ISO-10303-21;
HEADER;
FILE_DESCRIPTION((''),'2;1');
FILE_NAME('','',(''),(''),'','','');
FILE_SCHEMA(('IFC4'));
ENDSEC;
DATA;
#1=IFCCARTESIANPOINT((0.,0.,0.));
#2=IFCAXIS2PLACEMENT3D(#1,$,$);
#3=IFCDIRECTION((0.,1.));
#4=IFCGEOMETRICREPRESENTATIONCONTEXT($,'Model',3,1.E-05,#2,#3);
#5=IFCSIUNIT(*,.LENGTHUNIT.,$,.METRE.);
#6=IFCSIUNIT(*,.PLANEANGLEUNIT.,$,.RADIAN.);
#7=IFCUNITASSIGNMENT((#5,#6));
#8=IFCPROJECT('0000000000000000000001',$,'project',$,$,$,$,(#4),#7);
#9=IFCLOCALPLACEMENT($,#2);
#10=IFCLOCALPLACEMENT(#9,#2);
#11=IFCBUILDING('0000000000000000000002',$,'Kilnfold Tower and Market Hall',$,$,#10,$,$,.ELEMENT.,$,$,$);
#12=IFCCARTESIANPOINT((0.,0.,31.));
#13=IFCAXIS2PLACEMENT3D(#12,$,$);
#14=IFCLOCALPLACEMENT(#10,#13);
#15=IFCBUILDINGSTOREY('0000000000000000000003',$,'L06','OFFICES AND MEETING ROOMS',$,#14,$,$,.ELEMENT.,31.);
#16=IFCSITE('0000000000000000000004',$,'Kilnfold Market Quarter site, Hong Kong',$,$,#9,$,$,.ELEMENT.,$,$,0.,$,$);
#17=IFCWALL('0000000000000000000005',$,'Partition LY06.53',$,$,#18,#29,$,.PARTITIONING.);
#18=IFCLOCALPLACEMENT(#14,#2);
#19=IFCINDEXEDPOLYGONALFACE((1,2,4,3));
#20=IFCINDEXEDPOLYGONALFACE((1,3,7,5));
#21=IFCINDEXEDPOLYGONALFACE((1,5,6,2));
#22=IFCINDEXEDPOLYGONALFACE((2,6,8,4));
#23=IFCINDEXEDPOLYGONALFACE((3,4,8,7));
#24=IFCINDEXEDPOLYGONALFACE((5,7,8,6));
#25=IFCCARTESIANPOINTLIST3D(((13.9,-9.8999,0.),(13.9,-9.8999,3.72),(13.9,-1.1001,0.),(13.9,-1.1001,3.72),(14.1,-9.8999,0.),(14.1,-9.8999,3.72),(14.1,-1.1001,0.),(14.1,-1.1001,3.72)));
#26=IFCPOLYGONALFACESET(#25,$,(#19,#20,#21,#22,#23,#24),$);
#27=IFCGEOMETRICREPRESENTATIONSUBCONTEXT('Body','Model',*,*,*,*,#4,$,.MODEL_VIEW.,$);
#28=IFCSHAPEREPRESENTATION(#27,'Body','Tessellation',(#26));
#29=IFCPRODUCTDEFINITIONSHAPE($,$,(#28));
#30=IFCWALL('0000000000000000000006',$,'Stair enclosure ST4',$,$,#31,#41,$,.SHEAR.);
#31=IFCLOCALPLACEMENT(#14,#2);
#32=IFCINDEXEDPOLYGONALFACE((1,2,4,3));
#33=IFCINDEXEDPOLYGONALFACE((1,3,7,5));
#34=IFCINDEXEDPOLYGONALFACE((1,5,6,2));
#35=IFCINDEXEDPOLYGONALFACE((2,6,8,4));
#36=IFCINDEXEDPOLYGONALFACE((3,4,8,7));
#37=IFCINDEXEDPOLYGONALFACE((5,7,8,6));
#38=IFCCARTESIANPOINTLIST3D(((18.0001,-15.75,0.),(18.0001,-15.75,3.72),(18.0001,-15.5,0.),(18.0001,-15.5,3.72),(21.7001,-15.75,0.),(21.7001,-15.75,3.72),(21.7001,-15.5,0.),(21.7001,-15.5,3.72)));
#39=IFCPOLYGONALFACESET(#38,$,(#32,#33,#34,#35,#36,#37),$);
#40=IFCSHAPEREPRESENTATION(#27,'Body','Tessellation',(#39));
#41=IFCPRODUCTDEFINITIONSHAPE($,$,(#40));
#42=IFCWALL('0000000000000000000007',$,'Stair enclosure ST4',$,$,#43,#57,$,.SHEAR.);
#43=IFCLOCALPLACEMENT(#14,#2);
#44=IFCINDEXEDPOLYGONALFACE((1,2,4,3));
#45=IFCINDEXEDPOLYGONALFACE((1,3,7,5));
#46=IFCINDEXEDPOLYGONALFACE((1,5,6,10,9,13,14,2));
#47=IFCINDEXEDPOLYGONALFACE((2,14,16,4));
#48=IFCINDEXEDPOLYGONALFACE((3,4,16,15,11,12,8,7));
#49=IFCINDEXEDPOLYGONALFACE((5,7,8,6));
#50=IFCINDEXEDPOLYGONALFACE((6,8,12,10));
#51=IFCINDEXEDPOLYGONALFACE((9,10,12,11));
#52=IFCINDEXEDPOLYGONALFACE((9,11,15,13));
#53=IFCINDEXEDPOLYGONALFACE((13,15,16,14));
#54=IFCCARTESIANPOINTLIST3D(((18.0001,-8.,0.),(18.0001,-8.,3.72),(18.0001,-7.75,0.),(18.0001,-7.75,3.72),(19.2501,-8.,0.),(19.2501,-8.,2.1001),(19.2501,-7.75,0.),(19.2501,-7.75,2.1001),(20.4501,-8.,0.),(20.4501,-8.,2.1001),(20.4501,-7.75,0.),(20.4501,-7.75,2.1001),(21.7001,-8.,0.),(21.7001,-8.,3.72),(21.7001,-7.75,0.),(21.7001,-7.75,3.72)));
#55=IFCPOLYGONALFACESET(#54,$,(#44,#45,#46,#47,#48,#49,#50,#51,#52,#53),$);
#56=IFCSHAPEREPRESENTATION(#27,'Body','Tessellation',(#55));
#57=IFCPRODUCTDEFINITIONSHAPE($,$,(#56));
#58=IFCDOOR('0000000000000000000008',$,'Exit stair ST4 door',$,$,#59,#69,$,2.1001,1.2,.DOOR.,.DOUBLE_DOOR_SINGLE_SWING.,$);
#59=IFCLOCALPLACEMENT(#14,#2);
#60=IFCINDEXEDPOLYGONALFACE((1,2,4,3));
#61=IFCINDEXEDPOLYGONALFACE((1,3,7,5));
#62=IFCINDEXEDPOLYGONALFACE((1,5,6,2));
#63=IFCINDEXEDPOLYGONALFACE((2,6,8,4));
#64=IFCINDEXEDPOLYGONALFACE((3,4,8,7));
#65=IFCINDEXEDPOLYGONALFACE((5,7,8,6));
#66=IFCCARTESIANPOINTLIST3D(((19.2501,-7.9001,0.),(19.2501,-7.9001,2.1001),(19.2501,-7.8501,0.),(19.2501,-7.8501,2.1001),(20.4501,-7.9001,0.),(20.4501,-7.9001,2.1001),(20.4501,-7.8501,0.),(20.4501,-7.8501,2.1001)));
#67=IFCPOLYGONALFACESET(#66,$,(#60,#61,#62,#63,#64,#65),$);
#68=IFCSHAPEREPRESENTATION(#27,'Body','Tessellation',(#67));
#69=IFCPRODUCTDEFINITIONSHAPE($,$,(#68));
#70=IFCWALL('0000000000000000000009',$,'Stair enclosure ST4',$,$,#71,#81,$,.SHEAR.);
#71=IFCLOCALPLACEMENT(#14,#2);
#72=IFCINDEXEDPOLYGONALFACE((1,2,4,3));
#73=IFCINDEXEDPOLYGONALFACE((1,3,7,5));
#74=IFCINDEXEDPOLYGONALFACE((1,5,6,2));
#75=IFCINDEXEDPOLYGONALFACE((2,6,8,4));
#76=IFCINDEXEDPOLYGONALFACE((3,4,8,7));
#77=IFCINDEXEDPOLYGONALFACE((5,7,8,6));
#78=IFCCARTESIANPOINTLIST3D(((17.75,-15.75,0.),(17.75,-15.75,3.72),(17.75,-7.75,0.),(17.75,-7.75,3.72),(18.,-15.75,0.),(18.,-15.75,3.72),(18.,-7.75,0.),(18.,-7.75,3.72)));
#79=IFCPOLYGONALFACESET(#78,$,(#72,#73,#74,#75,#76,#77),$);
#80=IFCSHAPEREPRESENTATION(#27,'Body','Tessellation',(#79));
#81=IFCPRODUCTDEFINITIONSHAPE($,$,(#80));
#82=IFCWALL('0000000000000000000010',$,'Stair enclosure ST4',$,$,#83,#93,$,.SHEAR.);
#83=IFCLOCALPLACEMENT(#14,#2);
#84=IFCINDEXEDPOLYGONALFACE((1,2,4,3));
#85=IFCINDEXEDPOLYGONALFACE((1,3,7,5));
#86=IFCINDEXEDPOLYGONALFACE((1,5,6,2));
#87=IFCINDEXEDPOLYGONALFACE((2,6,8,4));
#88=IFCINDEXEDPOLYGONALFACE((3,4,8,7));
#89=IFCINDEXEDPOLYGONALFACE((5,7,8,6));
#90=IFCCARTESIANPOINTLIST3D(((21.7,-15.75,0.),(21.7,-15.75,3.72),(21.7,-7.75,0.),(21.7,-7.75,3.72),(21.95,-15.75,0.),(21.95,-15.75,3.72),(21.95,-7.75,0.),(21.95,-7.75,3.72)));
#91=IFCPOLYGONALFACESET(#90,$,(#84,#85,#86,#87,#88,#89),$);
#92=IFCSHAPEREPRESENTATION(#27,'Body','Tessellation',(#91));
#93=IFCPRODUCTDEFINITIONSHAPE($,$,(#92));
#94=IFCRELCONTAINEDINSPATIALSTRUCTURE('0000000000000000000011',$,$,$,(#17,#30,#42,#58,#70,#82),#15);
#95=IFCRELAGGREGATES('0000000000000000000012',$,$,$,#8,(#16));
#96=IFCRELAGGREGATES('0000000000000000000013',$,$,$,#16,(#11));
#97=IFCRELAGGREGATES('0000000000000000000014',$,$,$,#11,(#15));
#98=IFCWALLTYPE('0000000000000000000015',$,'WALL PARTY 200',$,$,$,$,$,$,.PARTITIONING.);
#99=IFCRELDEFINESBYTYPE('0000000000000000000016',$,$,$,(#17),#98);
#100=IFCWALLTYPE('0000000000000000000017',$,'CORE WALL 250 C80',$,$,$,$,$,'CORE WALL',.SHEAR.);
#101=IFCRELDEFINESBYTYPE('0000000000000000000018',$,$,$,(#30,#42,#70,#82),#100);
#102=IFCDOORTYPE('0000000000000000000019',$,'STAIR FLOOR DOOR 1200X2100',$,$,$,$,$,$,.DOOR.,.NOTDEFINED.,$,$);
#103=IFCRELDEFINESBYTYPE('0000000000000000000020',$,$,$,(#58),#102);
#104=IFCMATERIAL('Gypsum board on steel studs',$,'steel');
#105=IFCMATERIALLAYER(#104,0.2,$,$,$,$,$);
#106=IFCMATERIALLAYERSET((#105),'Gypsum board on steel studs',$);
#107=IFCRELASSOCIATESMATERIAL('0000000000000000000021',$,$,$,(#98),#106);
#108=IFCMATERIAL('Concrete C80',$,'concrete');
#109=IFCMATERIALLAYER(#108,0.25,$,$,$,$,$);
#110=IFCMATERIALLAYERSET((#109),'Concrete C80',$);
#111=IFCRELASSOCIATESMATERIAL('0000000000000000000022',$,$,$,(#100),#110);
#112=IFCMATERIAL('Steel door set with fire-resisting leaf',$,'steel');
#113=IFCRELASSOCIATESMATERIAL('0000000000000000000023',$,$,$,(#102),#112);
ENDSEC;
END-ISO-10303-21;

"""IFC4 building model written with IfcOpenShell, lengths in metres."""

from ifc_helpers import new_model, si_unit, direction, frame, frame_2d, origin, place, context, subcontext, project, spatial, rectangle, extrude, source, transform, mapped, material, layer, layer_set, type_object, element, fill, save


model = new_model("IFC4")

# Units and contexts
model_context = context("Model", 3, precision=1e-05, world=origin(), true_north=direction((0.0, 1.0)))
body_context = subcontext(model_context, "Body", "Model", "MODEL_VIEW")
ifc_project = project(units=[si_unit("LENGTHUNIT", "METRE"), si_unit("PLANEANGLEUNIT", "RADIAN")], contexts=[model_context])

# Site, building, storey
site_placement = place(None, origin())
site = spatial("IfcSite", under=ifc_project, at=site_placement, Name="Kilnfold Market Quarter site, Hong Kong", CompositionType="ELEMENT", RefElevation=0.0)
building_placement = place(site_placement, origin())
building = spatial("IfcBuilding", under=site, at=building_placement, Name="Kilnfold Tower and Market Hall", CompositionType="ELEMENT")
storey_placement = place(building_placement, frame((0.0, 0.0, 31.0)))
storey = spatial("IfcBuildingStorey", under=building, at=storey_placement, Name="L06", Description="OFFICES AND MEETING ROOMS", CompositionType="ELEMENT", Elevation=31.0)

# Shared definitions
ifc_material_1 = material(Name="Gypsum board on steel studs", Category="steel")
ifc_layer_1 = layer(ifc_material_1, 0.2)
ifc_layer_set_1 = layer_set([ifc_layer_1], Name="Gypsum board on steel studs")
wall_type_1 = type_object("IfcWallType", Name="WALL PARTY 200", PredefinedType="PARTITIONING", material=ifc_layer_set_1)

# Walls
wall_1_placement = place(storey_placement, frame((14.0, -9.8999, 0.0), z_axis=(0.0, 0.0, 1.0), x_axis=(0.0, 1.0, 0.0)))
element("IfcWall", 1, at=wall_1_placement, inside=storey, type_object=wall_type_1, Name="Partition LY06.53", PredefinedType="PARTITIONING", context=body_context, shape_type="SweptSolid", body=[
    extrude(rectangle(XDim=8.7998, YDim=0.2, at=frame_2d((4.3999, 0.0))), origin(), (0.0, 0.0, 1.0), 3.72),
])
ifc_material_2 = material(Name="Concrete C80", Category="concrete")
ifc_layer_2 = layer(ifc_material_2, 0.25)
ifc_layer_set_2 = layer_set([ifc_layer_2], Name="Concrete C80")
wall_type_2 = type_object("IfcWallType", Name="CORE WALL 250 C80", ElementType="CORE WALL", PredefinedType="SHEAR", material=ifc_layer_set_2)
shared_shape_1 = source(origin(), body_context, "Body", "SweptSolid", [
    extrude(rectangle(XDim=3.7, YDim=0.25, at=frame_2d((1.8501, 0.0))), origin(), (0.0, 0.0, 1.0), 3.72),
])
wall_2_placement = place(storey_placement, frame((18.0, -15.625, 0.0), z_axis=(0.0, 0.0, 1.0), x_axis=(1.0, 0.0, 0.0)))
element("IfcWall", 2, at=wall_2_placement, inside=storey, type_object=wall_type_2, Name="Stair enclosure ST4", PredefinedType="SHEAR", context=body_context, shape_type="MappedRepresentation", body=[
    mapped(shared_shape_1, transform((0.0, 0.0, 0.0))),
])

# Wall, opening, door
wall_3_placement = place(storey_placement, frame((18.0, -7.875, 0.0), z_axis=(0.0, 0.0, 1.0), x_axis=(1.0, 0.0, 0.0)))
wall_3 = element("IfcWall", 3, at=wall_3_placement, inside=storey, type_object=wall_type_2, Name="Stair enclosure ST4", PredefinedType="SHEAR", context=body_context, shape_type="MappedRepresentation", body=[
    mapped(shared_shape_1, transform((0.0, 0.0, 0.0))),
])
opening_1_placement = place(wall_3_placement, frame((1.25, 0.0, 0.0)))
opening_1 = element("IfcOpeningElement", 4, at=opening_1_placement, cuts=wall_3, PredefinedType="OPENING", context=body_context, shape_type="SweptSolid", body=[
    extrude(rectangle(XDim=1.2, YDim=2.1001, at=frame_2d((0.6001, 1.05))), frame((0.0, 0.135, 0.0), z_axis=(0.0, -1.0, 0.0), x_axis=(1.0, 0.0, 0.0)), (0.0, 0.0, 1.0), 0.27),
])
ifc_material_3 = material(Name="Steel door set with fire-resisting leaf", Category="steel")
door_type_1 = type_object("IfcDoorType", Name="STAIR FLOOR DOOR 1200X2100", OperationType="NOTDEFINED", PredefinedType="DOOR", material=ifc_material_3)
door_1_placement = place(opening_1_placement, origin())
door_1 = element("IfcDoor", 5, at=door_1_placement, inside=storey, type_object=door_type_1, Name="Exit stair ST4 door", OperationType="DOUBLE_DOOR_SINGLE_SWING", OverallHeight=2.1001, OverallWidth=1.2, PredefinedType="DOOR", context=body_context, shape_type="SweptSolid", body=[
    extrude(rectangle(XDim=1.2, YDim=2.1001, at=frame_2d((0.6001, 1.05))), frame((0.0, 0.0249, 0.0), z_axis=(0.0, -1.0, 0.0), x_axis=(1.0, 0.0, 0.0)), (0.0, 0.0, 1.0), 0.05),
])
fill(opening_1, door_1)

# Walls
shared_shape_2 = source(origin(), body_context, "Body", "SweptSolid", [
    extrude(rectangle(XDim=8.0, YDim=0.25, at=frame_2d((4.0, 0.0))), origin(), (0.0, 0.0, 1.0), 3.72),
])
for number, where, z_axis, x_axis, name in (
    (6, (17.875, -15.75, 0.0), (0.0, 0.0, 1.0), (0.0, 1.0, 0.0), "Stair enclosure ST4"),
    (7, (21.825, -15.75, 0.0), (0.0, 0.0, 1.0), (0.0, 1.0, 0.0), "Stair enclosure ST4"),
):
    element("IfcWall", number, at=place(storey_placement, frame(where, z_axis=z_axis, x_axis=x_axis)), inside=storey, type_object=wall_type_2, Name=name, PredefinedType="SHEAR", context=body_context, shape_type="MappedRepresentation", body=[
        mapped(shared_shape_2, transform((0.0, 0.0, 0.0))),
    ])

save(model, "model.ifc")
